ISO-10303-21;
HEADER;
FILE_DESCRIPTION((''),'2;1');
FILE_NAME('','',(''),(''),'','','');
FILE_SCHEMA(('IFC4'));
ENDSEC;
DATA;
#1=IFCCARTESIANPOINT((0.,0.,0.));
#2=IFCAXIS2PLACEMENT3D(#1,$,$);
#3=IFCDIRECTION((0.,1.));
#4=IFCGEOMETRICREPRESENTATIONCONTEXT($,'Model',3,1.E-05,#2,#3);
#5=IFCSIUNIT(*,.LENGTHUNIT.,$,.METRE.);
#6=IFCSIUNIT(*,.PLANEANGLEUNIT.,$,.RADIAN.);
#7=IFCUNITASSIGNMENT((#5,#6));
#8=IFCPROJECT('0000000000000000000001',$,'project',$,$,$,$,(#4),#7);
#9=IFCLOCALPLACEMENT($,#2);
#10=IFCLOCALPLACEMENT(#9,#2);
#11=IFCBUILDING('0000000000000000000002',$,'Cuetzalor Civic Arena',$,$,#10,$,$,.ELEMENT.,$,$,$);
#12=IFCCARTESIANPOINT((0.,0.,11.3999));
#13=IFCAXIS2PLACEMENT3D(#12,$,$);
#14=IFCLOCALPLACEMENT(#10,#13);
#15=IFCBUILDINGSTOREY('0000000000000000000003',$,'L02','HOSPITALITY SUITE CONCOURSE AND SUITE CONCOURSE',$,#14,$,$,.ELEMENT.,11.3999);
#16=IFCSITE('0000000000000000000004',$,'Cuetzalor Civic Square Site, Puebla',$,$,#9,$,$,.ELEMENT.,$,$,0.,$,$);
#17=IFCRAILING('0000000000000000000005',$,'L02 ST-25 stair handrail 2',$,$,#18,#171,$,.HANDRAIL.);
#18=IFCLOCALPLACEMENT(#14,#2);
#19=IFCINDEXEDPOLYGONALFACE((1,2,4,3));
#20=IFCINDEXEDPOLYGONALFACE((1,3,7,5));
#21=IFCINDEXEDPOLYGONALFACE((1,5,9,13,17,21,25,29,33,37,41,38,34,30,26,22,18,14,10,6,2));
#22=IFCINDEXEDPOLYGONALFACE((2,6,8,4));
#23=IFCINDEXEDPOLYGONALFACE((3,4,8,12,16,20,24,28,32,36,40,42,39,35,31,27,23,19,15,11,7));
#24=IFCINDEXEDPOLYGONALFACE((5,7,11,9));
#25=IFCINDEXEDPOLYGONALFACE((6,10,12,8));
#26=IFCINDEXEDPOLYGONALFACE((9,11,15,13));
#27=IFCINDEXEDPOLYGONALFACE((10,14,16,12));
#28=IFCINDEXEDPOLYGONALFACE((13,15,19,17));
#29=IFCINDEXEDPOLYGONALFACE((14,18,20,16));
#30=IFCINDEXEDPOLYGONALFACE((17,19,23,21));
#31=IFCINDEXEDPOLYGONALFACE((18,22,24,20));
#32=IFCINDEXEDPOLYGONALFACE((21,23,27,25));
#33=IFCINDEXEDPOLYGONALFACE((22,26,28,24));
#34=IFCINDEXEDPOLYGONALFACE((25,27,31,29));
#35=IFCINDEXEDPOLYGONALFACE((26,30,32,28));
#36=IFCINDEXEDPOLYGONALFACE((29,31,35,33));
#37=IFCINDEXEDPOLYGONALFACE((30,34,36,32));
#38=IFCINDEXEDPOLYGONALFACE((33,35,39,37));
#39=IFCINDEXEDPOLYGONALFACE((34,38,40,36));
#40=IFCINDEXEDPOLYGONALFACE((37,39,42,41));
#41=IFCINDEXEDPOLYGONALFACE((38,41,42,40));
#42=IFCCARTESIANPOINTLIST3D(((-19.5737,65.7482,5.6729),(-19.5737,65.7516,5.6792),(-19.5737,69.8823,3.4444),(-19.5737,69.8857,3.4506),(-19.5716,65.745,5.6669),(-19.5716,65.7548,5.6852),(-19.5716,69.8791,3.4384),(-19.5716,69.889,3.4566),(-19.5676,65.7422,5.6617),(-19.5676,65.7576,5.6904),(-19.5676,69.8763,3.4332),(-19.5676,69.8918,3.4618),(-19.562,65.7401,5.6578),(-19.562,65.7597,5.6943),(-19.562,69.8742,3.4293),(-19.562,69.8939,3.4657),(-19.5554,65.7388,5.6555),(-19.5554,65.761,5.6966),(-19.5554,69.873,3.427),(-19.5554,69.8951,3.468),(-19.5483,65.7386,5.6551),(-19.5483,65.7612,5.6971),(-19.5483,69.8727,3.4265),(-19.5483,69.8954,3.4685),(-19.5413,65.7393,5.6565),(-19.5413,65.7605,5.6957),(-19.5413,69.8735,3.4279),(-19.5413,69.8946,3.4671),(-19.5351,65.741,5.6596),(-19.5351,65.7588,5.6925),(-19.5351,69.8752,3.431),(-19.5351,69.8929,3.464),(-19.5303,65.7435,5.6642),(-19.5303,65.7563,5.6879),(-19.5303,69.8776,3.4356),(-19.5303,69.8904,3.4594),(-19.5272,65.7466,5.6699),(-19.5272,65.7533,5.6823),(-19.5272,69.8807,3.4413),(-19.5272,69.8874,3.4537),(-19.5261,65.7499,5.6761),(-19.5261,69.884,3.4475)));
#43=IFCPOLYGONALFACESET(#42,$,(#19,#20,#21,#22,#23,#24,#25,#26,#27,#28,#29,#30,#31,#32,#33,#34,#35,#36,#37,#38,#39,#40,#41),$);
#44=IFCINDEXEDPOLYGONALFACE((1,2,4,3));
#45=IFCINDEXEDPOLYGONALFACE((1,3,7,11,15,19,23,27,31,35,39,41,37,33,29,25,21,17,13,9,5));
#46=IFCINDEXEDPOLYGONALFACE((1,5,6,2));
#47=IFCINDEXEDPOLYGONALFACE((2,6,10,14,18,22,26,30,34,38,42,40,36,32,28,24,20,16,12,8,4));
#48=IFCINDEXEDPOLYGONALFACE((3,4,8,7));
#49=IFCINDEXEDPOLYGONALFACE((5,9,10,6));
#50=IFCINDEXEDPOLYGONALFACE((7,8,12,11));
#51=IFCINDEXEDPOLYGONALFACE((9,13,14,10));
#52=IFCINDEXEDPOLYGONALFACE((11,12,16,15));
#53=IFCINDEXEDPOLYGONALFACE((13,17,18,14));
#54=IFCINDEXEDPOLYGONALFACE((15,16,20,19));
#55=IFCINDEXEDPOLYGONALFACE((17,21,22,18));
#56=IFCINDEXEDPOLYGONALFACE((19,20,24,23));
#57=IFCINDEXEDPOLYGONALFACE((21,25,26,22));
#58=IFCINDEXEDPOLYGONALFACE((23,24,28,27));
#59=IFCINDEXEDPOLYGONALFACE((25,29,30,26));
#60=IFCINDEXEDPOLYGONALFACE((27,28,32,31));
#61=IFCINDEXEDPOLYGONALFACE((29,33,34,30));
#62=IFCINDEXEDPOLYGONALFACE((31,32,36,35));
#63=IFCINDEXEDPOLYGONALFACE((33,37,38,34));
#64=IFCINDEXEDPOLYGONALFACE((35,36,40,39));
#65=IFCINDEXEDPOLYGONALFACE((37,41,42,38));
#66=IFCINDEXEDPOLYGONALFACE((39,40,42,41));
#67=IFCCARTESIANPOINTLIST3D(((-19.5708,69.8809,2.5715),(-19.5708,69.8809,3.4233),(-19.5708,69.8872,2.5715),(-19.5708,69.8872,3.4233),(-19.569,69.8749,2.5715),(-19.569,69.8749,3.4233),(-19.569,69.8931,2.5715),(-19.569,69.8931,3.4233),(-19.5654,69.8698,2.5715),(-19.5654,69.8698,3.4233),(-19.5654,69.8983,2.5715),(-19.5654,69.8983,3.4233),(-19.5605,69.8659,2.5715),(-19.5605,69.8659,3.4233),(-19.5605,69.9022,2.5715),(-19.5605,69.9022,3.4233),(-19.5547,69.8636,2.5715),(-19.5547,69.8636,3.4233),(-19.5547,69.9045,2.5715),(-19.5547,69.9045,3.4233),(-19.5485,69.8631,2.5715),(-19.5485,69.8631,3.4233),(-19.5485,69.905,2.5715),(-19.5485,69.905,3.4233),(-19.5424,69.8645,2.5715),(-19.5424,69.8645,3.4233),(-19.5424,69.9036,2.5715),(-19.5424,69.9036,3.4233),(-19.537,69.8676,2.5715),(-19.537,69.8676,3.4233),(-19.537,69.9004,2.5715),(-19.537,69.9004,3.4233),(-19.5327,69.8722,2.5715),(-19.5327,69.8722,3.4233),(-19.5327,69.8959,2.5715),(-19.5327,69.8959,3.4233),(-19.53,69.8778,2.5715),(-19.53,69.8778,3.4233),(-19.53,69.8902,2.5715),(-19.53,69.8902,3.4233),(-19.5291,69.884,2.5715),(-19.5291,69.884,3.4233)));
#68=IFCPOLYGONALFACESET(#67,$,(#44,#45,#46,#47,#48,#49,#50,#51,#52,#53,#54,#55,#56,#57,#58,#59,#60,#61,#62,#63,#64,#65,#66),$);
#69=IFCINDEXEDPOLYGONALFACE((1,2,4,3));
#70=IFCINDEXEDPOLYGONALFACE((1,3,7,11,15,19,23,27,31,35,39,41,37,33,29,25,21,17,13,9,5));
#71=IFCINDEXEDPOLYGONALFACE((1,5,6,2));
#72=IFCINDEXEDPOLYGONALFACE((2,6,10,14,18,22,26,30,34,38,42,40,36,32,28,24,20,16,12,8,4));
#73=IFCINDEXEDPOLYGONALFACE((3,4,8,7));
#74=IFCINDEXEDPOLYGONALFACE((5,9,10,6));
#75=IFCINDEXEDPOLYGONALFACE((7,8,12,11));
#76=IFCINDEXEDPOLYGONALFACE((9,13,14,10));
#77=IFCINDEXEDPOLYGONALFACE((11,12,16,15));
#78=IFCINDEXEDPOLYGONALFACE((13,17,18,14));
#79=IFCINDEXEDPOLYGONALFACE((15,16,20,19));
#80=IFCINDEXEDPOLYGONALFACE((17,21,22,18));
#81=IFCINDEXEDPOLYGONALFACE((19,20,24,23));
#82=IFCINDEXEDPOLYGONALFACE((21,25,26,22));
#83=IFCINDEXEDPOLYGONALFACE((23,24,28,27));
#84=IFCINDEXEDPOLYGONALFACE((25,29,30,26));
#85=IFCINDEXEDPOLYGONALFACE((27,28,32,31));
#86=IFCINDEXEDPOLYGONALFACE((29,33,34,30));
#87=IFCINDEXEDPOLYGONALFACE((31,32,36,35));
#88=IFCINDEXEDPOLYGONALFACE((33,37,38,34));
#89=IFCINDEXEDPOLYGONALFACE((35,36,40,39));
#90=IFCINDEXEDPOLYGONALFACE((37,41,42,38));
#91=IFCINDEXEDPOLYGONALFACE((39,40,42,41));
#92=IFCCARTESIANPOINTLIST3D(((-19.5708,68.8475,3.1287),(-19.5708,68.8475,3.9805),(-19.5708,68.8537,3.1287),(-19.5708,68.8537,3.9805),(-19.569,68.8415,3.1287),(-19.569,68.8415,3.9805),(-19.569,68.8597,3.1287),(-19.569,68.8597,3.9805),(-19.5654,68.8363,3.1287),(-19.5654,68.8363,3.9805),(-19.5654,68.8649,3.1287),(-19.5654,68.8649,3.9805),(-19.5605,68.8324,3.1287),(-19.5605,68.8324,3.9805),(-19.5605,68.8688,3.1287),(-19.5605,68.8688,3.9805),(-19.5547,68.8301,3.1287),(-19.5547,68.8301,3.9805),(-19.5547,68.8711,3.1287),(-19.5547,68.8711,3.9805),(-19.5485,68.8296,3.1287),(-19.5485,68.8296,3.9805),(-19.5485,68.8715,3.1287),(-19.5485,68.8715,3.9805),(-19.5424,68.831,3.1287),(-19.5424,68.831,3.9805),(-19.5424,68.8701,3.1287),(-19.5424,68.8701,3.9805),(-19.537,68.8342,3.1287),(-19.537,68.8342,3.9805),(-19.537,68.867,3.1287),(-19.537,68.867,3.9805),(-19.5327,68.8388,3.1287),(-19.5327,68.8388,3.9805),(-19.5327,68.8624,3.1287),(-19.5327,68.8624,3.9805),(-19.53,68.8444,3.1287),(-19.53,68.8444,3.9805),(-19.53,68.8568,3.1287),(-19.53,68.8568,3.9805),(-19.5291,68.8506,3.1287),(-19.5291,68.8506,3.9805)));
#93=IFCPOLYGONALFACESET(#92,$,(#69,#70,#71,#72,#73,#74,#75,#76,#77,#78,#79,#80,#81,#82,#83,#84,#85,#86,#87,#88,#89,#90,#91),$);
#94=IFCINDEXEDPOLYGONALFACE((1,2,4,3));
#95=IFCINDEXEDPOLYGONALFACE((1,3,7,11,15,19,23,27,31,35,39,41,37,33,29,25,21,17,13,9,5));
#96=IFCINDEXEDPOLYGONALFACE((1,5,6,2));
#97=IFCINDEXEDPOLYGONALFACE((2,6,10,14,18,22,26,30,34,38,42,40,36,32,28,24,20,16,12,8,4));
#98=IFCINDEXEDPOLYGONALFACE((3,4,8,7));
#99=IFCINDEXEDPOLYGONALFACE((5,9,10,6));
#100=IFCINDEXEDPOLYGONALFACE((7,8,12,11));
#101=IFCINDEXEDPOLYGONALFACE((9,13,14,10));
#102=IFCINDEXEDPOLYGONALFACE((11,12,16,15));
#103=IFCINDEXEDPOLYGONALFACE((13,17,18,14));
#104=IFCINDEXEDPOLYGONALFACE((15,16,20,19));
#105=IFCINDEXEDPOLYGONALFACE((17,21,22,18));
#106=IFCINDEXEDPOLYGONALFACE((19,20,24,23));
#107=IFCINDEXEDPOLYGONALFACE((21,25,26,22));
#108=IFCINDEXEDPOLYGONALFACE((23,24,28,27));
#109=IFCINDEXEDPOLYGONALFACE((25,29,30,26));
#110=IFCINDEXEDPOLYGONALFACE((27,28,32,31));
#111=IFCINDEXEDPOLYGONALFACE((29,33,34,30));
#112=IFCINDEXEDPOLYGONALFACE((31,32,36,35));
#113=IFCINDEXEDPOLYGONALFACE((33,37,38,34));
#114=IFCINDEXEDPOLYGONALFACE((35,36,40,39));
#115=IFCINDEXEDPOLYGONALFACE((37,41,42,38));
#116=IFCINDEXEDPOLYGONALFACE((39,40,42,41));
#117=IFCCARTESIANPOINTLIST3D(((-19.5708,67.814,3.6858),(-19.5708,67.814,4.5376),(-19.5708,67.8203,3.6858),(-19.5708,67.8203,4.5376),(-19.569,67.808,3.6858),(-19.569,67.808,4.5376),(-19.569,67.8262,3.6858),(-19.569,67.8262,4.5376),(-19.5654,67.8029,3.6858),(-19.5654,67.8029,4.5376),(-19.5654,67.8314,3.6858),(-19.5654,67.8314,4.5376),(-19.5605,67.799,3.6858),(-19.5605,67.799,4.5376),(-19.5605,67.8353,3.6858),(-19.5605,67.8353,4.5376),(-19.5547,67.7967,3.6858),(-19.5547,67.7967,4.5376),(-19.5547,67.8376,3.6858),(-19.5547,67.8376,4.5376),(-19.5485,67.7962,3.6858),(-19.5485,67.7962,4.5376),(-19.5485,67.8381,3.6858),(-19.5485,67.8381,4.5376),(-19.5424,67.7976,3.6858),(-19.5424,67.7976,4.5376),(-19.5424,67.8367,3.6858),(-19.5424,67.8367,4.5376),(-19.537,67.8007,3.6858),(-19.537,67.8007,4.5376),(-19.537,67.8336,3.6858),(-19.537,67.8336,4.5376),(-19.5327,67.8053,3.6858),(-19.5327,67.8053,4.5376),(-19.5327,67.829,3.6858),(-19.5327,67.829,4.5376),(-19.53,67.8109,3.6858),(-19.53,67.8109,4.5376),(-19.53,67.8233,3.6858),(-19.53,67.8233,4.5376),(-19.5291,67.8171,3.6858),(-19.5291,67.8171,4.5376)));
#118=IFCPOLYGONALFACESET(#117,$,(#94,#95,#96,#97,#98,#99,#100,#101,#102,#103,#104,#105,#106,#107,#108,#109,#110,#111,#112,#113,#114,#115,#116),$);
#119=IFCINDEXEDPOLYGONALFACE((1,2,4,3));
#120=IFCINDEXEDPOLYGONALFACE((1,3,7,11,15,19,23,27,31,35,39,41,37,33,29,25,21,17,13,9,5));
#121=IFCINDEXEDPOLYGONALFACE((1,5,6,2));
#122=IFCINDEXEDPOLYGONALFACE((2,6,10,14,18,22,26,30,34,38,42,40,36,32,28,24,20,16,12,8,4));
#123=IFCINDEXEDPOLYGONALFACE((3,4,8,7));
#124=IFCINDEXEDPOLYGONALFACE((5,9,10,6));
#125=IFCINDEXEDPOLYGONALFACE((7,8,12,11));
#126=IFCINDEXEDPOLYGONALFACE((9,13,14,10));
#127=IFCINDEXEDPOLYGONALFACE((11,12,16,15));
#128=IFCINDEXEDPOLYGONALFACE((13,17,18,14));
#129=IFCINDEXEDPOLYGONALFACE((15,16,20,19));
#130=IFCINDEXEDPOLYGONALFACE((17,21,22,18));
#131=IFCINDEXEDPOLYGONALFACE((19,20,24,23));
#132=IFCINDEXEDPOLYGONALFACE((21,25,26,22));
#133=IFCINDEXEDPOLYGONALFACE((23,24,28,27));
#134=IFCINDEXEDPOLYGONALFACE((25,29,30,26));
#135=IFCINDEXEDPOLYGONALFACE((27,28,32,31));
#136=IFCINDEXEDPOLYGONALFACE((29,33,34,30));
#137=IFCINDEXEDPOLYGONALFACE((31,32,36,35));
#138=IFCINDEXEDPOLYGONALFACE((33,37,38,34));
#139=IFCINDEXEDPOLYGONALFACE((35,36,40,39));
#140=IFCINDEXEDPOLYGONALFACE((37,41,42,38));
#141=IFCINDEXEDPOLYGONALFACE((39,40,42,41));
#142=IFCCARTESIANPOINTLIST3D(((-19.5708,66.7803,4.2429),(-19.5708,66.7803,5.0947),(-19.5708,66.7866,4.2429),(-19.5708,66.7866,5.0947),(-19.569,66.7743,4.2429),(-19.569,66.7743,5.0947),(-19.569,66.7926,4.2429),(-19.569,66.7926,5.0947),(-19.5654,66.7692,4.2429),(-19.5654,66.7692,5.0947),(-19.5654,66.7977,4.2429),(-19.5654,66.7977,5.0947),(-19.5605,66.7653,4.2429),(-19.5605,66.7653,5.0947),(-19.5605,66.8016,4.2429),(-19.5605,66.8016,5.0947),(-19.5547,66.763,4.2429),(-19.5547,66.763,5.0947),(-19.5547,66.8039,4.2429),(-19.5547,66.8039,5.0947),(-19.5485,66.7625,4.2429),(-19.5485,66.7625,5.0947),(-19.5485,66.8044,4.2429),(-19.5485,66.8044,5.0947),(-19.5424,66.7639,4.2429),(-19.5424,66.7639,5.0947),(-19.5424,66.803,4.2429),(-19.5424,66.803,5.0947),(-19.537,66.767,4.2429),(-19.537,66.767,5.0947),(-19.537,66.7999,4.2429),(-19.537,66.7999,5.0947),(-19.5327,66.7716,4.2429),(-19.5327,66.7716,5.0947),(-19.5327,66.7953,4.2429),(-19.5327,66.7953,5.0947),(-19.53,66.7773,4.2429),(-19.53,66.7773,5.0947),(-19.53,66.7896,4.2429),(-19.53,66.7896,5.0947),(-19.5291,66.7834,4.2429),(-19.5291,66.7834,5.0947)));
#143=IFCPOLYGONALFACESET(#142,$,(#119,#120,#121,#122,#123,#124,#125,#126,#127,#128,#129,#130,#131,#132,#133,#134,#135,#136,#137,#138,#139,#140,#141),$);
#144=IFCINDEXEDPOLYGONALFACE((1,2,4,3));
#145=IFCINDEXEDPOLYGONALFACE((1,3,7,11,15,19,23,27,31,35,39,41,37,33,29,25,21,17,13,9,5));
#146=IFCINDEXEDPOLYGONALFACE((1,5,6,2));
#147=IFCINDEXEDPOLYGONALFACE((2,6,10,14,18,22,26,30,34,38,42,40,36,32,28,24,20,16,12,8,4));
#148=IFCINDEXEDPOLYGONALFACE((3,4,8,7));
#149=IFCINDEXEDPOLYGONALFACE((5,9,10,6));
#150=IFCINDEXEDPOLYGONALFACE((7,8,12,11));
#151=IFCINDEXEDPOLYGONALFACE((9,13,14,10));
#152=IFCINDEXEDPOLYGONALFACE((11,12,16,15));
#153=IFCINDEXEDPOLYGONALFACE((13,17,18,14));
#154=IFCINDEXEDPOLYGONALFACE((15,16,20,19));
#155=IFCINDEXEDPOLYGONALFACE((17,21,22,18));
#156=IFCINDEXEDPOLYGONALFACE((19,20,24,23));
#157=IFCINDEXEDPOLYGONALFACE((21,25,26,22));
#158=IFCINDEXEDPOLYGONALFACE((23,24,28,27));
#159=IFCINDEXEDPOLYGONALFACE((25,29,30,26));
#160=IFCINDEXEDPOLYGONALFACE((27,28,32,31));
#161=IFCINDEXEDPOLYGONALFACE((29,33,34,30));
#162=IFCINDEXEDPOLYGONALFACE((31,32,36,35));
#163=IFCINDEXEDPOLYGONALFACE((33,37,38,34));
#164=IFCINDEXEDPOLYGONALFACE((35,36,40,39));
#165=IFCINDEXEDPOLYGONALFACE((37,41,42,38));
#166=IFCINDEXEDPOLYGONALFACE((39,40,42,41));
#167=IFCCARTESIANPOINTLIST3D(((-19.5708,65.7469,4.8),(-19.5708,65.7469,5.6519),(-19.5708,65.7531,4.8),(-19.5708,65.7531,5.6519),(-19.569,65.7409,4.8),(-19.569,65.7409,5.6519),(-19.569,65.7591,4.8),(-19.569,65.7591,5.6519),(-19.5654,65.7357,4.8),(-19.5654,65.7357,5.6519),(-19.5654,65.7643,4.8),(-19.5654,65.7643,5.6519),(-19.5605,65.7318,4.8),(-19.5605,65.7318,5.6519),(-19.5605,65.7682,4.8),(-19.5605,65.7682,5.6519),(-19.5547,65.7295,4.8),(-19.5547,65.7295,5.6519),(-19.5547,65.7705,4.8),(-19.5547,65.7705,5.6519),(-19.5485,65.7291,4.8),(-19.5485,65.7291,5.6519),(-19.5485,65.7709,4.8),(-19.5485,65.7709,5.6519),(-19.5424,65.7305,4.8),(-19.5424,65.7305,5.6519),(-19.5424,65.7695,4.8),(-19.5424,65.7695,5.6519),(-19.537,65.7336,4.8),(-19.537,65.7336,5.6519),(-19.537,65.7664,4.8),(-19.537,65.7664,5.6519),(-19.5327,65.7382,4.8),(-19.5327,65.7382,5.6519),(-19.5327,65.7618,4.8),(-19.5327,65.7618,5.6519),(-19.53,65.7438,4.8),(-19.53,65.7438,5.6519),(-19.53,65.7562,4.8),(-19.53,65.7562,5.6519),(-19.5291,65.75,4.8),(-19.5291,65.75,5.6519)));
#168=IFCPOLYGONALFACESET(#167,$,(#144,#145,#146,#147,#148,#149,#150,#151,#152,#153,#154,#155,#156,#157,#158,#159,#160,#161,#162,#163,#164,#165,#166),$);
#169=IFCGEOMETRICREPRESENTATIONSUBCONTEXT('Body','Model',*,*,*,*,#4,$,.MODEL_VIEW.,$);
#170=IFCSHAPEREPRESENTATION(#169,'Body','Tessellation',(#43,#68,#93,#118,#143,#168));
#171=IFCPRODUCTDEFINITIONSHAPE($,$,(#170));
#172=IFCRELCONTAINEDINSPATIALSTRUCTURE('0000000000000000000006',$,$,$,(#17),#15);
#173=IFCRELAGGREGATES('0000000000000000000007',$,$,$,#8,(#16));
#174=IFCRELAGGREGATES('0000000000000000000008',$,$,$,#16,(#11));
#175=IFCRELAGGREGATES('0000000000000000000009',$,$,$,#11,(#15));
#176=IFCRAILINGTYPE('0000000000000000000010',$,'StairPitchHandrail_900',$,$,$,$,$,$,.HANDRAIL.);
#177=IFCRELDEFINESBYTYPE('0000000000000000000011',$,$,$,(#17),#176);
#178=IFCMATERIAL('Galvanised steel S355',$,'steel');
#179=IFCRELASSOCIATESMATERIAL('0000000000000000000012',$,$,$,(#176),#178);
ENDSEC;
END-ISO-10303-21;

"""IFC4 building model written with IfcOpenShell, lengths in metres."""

from ifc_helpers import new_model, si_unit, direction, frame, origin, origin_2d, place, context, subcontext, project, spatial, circle, extrude, material, type_object, element, save


model = new_model("IFC4")

# Units and contexts
model_context = context("Model", 3, precision=1e-05, world=origin(), true_north=direction((0.0, 1.0)))
body_context = subcontext(model_context, "Body", "Model", "MODEL_VIEW")
ifc_project = project(units=[si_unit("LENGTHUNIT", "METRE"), si_unit("PLANEANGLEUNIT", "RADIAN")], contexts=[model_context])

# Site, building, storey
site_placement = place(None, origin())
site = spatial("IfcSite", under=ifc_project, at=site_placement, Name="Cuetzalor Civic Square Site, Puebla", CompositionType="ELEMENT", RefElevation=0.0)
building_placement = place(site_placement, origin())
building = spatial("IfcBuilding", under=site, at=building_placement, Name="Cuetzalor Civic Arena", CompositionType="ELEMENT")
storey_placement = place(building_placement, frame((0.0, 0.0, 11.3999)))
storey = spatial("IfcBuildingStorey", under=building, at=storey_placement, Name="L02", Description="HOSPITALITY SUITE CONCOURSE AND SUITE CONCOURSE", CompositionType="ELEMENT", Elevation=11.3999)

# Railing
ifc_material_1 = material(Name="Galvanised steel S355", Category="steel")
railing_type_1 = type_object("IfcRailingType", Name="StairPitchHandrail_900", PredefinedType="HANDRAIL", material=ifc_material_1)
railing_1_placement = place(storey_placement, frame((-19.55, 69.884, 2.5715)))
element("IfcRailing", 1, at=railing_1_placement, inside=storey, type_object=railing_type_1, Name="L02 ST-25 stair handrail 2", PredefinedType="HANDRAIL", context=body_context, shape_type="SweptSolid", body=[
    extrude(circle(Radius=0.0239, at=origin_2d()), frame((0.0, 0.0, 0.876), z_axis=(0.0, -0.880249, 0.474512), x_axis=(1.0, 0.0, 0.0)), (0.0, 0.0, 1.0), 4.6965),
    extrude(circle(Radius=0.021, at=origin_2d()), origin(), (0.0, 0.0, 1.0), 0.8518),
    extrude(circle(Radius=0.021, at=origin_2d()), frame((0.0, -1.0334, 0.5571)), (0.0, 0.0, 1.0), 0.8518),
    extrude(circle(Radius=0.021, at=origin_2d()), frame((0.0, -2.0669, 1.1143)), (0.0, 0.0, 1.0), 0.8518),
    extrude(circle(Radius=0.021, at=origin_2d()), frame((0.0, -3.1006, 1.6714)), (0.0, 0.0, 1.0), 0.8518),
    extrude(circle(Radius=0.021, at=origin_2d()), frame((0.0, -4.134, 2.2285)), (0.0, 0.0, 1.0), 0.8518),
])

save(model, "model.ifc")
